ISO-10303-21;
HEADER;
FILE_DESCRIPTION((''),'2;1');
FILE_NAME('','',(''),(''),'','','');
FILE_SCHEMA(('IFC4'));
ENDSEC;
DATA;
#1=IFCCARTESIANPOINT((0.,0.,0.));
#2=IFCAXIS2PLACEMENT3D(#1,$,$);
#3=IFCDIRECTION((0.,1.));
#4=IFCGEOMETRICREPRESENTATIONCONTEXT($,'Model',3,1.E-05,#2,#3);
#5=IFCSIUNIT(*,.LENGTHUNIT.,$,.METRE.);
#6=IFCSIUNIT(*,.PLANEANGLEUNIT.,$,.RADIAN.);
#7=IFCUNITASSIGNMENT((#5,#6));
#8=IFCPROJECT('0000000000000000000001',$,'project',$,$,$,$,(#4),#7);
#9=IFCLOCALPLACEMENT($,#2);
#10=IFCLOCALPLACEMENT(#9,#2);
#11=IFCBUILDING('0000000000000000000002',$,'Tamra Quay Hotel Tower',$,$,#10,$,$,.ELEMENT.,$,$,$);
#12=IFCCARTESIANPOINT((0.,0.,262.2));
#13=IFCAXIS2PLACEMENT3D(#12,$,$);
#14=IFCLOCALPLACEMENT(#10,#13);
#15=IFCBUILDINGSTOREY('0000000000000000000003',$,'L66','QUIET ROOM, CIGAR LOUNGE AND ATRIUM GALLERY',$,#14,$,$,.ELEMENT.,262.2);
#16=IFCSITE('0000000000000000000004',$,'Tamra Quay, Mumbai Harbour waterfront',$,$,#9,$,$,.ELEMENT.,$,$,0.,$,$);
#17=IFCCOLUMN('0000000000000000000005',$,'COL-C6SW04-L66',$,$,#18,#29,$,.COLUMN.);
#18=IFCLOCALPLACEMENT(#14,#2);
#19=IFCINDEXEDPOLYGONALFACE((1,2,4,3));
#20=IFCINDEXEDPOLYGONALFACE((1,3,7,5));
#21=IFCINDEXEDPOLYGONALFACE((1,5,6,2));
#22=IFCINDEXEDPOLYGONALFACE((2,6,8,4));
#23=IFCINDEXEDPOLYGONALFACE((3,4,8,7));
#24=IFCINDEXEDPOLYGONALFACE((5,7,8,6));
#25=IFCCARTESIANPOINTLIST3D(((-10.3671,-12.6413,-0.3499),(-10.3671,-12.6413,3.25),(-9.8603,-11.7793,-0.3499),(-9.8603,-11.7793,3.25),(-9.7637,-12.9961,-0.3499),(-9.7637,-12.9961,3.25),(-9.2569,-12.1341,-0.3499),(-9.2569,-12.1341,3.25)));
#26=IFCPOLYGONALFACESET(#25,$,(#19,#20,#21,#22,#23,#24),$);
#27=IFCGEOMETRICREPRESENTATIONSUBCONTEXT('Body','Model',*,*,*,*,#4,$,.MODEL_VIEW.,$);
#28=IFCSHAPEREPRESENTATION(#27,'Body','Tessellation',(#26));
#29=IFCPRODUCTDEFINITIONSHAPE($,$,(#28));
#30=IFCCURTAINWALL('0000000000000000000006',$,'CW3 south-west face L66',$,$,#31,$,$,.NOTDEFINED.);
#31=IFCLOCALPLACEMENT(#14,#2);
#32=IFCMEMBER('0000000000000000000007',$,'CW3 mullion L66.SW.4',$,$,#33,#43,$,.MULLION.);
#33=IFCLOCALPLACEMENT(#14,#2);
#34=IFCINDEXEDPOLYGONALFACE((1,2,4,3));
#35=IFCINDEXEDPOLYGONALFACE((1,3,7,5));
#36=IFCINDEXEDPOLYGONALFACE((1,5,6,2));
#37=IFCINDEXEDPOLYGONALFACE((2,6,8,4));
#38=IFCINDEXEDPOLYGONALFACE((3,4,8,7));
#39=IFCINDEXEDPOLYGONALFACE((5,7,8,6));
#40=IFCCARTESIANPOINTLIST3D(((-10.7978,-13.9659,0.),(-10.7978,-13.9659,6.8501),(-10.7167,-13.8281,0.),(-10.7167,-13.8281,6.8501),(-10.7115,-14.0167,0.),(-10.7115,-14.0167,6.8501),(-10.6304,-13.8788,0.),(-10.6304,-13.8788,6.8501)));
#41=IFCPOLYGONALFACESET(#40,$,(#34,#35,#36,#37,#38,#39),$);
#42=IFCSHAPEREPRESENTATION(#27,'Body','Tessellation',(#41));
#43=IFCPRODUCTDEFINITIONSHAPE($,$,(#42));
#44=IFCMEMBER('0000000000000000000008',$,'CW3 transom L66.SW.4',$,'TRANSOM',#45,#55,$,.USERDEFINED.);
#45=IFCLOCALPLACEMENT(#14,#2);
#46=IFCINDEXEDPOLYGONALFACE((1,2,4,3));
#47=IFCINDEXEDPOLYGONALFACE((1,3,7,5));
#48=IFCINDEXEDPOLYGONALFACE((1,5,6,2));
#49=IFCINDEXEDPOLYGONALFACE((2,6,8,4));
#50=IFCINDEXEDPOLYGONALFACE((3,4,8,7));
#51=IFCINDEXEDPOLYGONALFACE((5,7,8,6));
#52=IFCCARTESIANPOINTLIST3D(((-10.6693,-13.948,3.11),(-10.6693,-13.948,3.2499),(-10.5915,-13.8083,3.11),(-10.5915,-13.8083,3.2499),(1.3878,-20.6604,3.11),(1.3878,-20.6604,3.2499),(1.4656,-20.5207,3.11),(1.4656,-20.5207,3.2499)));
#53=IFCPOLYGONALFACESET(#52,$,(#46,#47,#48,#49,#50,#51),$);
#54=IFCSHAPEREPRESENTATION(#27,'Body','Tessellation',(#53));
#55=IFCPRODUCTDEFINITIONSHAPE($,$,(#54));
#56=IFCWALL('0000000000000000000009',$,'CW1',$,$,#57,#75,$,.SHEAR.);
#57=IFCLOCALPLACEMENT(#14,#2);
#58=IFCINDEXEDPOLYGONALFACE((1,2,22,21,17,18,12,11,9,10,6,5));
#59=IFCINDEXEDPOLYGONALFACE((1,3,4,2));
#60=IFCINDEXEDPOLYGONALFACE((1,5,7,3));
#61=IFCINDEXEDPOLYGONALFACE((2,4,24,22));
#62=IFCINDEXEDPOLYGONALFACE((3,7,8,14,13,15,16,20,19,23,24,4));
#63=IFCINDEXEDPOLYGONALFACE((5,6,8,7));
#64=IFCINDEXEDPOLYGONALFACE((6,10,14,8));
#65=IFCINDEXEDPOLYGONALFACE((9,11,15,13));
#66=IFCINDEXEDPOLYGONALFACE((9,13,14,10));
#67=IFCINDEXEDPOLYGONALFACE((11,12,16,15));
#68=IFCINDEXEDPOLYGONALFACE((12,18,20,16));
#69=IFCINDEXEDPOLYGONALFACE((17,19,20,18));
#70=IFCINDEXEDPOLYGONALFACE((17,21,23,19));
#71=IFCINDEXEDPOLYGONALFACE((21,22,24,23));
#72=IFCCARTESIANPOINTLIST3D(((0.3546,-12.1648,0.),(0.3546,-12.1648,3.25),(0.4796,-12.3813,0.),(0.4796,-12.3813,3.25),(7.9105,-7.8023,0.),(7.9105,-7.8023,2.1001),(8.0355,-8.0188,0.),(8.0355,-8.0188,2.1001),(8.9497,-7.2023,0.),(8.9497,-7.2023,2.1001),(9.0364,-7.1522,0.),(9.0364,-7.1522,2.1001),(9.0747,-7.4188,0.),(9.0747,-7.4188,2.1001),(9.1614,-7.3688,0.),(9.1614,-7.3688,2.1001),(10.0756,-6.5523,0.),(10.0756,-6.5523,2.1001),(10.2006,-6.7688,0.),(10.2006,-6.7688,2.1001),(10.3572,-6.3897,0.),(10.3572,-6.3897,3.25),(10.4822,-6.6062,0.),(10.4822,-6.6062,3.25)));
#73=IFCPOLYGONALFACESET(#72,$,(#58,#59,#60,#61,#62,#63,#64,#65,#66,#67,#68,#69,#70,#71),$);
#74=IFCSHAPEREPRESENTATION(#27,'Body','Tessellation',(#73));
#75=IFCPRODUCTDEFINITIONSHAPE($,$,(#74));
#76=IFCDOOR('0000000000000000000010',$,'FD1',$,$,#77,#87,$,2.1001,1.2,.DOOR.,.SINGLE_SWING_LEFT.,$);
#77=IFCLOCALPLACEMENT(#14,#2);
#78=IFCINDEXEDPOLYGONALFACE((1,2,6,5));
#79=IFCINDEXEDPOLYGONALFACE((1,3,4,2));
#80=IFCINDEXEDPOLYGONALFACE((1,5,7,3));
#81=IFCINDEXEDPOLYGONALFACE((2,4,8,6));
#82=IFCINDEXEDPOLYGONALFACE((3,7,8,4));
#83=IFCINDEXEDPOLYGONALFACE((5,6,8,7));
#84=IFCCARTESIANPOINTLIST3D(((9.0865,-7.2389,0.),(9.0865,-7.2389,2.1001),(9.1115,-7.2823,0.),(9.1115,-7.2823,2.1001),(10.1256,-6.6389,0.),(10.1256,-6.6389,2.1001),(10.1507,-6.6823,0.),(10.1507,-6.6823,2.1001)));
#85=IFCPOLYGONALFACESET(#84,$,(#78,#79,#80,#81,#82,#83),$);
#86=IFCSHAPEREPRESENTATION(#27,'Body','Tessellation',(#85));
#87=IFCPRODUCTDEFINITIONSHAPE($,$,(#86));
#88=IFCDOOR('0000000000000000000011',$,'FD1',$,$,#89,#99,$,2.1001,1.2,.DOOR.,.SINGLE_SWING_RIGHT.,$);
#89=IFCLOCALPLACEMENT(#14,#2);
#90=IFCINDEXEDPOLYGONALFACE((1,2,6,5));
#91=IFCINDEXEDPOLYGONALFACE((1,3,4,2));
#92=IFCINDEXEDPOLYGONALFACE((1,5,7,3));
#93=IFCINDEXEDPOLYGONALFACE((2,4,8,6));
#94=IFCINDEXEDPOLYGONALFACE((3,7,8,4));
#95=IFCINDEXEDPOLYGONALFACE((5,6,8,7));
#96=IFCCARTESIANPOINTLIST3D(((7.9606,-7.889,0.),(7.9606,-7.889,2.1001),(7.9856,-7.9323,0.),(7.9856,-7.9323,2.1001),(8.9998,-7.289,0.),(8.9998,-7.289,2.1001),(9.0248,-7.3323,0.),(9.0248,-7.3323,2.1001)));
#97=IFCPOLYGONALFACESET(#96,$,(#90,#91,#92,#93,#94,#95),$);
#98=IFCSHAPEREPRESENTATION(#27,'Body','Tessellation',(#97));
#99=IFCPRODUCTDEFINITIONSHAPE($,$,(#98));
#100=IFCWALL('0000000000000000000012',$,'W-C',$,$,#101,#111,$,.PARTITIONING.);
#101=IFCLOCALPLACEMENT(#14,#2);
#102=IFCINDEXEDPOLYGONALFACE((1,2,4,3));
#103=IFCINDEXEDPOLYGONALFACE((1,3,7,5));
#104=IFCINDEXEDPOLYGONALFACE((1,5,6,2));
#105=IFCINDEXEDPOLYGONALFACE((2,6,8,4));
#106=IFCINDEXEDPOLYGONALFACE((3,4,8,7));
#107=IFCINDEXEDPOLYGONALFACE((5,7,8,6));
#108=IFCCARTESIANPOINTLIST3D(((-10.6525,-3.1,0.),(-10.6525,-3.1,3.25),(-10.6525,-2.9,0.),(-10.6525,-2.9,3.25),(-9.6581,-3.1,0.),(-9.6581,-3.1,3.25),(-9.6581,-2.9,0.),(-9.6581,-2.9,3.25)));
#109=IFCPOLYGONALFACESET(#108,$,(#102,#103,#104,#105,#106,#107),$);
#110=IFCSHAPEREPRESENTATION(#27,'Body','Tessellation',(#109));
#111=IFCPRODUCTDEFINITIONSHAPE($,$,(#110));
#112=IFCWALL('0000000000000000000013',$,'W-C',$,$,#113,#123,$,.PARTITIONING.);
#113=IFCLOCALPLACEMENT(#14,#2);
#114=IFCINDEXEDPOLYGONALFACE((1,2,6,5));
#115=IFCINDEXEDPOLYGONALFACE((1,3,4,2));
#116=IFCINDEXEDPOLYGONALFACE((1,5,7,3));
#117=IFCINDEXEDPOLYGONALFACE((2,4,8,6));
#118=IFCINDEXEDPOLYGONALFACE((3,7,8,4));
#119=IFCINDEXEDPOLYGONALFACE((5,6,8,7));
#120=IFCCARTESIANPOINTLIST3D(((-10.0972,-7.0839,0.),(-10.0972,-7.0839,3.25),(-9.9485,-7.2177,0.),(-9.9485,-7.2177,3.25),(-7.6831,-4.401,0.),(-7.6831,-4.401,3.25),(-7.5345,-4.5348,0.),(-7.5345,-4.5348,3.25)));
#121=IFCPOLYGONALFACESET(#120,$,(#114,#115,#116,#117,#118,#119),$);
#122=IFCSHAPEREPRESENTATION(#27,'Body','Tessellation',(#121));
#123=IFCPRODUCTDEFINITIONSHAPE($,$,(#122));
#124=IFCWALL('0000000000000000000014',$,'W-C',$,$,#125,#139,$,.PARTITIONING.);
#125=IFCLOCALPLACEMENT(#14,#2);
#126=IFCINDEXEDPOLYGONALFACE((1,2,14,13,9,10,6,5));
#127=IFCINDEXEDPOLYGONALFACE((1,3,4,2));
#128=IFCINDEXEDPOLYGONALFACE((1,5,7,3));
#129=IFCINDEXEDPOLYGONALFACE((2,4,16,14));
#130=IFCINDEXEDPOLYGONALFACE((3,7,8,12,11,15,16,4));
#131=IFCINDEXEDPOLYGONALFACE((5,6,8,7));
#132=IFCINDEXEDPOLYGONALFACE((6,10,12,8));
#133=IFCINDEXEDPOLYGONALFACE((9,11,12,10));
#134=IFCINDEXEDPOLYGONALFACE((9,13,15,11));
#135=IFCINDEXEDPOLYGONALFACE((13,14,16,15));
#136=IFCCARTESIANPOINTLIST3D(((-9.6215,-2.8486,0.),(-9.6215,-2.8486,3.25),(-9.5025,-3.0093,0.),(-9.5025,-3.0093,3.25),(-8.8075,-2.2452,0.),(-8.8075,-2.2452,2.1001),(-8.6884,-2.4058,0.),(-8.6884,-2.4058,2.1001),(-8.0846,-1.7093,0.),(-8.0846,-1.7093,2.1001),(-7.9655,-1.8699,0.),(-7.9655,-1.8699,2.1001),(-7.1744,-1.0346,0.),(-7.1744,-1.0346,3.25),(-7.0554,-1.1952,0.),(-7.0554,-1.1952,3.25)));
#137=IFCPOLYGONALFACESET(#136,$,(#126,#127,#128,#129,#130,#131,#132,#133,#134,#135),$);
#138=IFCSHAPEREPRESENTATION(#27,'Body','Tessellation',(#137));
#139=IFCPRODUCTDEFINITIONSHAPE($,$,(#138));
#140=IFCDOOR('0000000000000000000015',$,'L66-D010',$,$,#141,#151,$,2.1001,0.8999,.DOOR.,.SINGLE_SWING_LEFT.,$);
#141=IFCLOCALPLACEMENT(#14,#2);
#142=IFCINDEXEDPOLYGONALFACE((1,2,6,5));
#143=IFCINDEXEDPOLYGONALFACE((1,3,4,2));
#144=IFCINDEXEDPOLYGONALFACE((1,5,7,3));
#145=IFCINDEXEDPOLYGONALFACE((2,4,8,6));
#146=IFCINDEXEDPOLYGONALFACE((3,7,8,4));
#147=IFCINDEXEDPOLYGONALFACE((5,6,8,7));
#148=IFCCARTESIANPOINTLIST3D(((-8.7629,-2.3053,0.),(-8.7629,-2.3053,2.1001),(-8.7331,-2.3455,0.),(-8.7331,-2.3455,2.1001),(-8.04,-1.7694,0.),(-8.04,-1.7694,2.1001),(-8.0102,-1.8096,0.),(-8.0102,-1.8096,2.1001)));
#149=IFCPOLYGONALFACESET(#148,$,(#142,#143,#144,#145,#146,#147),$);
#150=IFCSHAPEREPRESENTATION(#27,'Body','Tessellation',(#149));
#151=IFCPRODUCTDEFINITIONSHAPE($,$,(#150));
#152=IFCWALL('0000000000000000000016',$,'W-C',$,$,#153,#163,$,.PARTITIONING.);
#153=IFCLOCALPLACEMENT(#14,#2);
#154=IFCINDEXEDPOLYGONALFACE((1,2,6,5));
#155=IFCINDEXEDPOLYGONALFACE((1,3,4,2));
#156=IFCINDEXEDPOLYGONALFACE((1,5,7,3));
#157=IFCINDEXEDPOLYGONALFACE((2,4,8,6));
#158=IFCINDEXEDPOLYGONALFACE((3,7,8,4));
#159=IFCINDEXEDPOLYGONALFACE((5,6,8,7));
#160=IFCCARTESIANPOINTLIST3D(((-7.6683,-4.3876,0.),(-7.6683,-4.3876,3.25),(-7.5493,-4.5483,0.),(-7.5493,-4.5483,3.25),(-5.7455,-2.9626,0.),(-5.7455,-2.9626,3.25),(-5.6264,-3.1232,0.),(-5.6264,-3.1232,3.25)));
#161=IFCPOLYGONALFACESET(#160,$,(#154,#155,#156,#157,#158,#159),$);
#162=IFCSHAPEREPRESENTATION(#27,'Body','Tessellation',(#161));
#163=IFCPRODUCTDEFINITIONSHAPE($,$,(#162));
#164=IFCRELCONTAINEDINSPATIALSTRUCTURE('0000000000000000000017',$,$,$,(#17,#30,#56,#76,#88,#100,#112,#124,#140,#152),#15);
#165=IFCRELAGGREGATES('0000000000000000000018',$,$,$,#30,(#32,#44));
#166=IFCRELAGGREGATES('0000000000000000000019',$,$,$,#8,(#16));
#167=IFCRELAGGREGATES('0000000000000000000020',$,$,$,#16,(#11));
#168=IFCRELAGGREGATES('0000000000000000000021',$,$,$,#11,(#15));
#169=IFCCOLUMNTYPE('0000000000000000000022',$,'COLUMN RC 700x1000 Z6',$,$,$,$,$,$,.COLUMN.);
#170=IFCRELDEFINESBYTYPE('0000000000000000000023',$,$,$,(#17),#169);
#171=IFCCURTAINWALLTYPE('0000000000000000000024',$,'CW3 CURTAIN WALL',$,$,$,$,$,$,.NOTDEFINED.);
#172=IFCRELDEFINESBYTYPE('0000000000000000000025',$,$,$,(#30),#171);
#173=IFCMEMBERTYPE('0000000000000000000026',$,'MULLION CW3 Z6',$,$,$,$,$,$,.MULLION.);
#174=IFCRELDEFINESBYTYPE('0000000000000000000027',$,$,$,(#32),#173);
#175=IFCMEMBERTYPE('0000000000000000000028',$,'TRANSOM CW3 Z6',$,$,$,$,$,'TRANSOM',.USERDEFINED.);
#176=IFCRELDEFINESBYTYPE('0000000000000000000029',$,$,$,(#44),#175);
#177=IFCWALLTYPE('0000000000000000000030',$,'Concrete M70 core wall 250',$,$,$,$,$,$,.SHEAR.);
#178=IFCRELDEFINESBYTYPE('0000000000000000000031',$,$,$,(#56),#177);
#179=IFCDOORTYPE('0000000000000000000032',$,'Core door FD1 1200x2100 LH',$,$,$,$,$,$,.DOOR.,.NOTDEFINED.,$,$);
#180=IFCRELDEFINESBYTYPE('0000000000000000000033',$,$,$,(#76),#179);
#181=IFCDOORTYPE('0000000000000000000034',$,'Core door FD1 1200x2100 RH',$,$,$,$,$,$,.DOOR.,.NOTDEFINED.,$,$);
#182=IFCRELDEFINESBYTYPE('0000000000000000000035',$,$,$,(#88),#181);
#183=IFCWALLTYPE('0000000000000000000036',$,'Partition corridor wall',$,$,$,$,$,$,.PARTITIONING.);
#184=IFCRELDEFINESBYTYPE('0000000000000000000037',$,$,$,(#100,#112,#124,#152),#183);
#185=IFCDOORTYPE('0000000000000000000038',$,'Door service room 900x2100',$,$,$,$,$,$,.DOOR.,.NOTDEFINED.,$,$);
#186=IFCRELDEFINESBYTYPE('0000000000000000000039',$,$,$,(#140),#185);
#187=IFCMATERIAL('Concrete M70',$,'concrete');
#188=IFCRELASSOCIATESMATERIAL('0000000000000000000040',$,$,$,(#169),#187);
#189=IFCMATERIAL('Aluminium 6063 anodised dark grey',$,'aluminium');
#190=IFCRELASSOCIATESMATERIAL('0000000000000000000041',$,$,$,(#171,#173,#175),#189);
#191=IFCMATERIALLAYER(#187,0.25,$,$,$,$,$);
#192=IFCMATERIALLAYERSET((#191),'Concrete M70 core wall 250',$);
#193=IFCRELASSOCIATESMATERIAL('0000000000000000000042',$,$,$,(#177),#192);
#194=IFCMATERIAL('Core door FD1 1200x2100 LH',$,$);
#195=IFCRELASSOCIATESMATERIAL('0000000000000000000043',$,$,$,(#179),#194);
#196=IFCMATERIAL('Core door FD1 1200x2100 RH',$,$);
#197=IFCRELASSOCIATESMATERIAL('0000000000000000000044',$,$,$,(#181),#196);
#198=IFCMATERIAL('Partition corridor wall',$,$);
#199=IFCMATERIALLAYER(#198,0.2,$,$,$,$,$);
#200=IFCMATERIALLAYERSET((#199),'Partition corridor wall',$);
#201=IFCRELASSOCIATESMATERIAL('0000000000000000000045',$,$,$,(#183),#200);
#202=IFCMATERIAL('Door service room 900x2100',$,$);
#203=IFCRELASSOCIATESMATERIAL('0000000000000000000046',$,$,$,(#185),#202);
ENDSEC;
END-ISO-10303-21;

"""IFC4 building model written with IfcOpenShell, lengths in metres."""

from ifc_helpers import new_model, si_unit, direction, frame, frame_2d, origin, origin_2d, place, context, subcontext, project, spatial, rectangle, extrude, material, layer, layer_set, material_profile, profile_set, type_object, element, fill, aggregate, save


model = new_model("IFC4")

# Units and contexts
model_context = context("Model", 3, precision=1e-05, world=origin(), true_north=direction((0.0, 1.0)))
body_context = subcontext(model_context, "Body", "Model", "MODEL_VIEW")
ifc_project = project(units=[si_unit("LENGTHUNIT", "METRE"), si_unit("PLANEANGLEUNIT", "RADIAN")], contexts=[model_context])

# Site, building, storey
site_placement = place(None, origin())
site = spatial("IfcSite", under=ifc_project, at=site_placement, Name="Tamra Quay, Mumbai Harbour waterfront", CompositionType="ELEMENT", RefElevation=0.0)
building_placement = place(site_placement, origin())
building = spatial("IfcBuilding", under=site, at=building_placement, Name="Tamra Quay Hotel Tower", CompositionType="ELEMENT")
storey_placement = place(building_placement, frame((0.0, 0.0, 262.2)))
storey = spatial("IfcBuildingStorey", under=building, at=storey_placement, Name="L66", Description="QUIET ROOM, CIGAR LOUNGE AND ATRIUM GALLERY", CompositionType="ELEMENT", Elevation=262.2)

# Column
ifc_material_1 = material(Name="Concrete M70", Category="concrete")
ifc_material_profile_1 = material_profile(ifc_material_1, rectangle(XDim=1.0, YDim=0.7, at=origin_2d()), Name="COLUMN RC 700x1000 Z6")
ifc_profile_set_1 = profile_set([ifc_material_profile_1], Name="Concrete M70")
column_type = type_object("IfcColumnType", Name="COLUMN RC 700x1000 Z6", PredefinedType="COLUMN", material=ifc_profile_set_1)
column_placement = place(storey_placement, frame((-9.812, -12.3877, -0.3499), z_axis=(0.0, 0.0, 1.0), x_axis=(0.506843, 0.862038, 0.0)))
element("IfcColumn", 1, at=column_placement, inside=storey, type_object=column_type, Name="COL-C6SW04-L66", PredefinedType="COLUMN", context=body_context, shape_type="SweptSolid", body=[
    extrude(rectangle(XDim=1.0, YDim=0.7, at=origin_2d()), origin(), (0.0, 0.0, 1.0), 3.5999),
])

# Curtain wall, members
ifc_material_2 = material(Name="Aluminium 6063 anodised dark grey", Category="aluminium")
curtain_wall_type = type_object("IfcCurtainWallType", Name="CW3 CURTAIN WALL", PredefinedType="NOTDEFINED", material=ifc_material_2)
curtain_wall_placement = place(storey_placement, origin())
curtain_wall = element("IfcCurtainWall", 2, at=curtain_wall_placement, inside=storey, type_object=curtain_wall_type, Name="CW3 south-west face L66", PredefinedType="NOTDEFINED")
ifc_material_profile_2 = material_profile(ifc_material_2, rectangle(XDim=0.1599, YDim=0.1001, at=origin_2d()), Name="MULLION 100X160")
ifc_profile_set_2 = profile_set([ifc_material_profile_2], Name="Aluminium 6063 anodised dark grey")
member_type_1 = type_object("IfcMemberType", Name="MULLION CW3 Z6", PredefinedType="MULLION", material=ifc_profile_set_2)
member_1_placement = place(storey_placement, frame((-10.7141, -13.9224, 0.0), z_axis=(0.0, 0.0, 1.0), x_axis=(-0.506754, -0.862091, 0.0)))
member_1 = element("IfcMember", 3, at=member_1_placement, type_object=member_type_1, Name="CW3 mullion L66.SW.4", PredefinedType="MULLION", context=body_context, shape_type="SweptSolid", body=[
    extrude(rectangle(XDim=0.1599, YDim=0.1001, at=origin_2d()), origin(), (0.0, 0.0, 1.0), 6.8501),
])
ifc_material_profile_3 = material_profile(ifc_material_2, rectangle(XDim=0.1599, YDim=0.1399, at=origin_2d()), Name="TRANSOM 160X140")
ifc_profile_set_3 = profile_set([ifc_material_profile_3], Name="Aluminium 6063 anodised dark grey")
member_type_2 = type_object("IfcMemberType", Name="TRANSOM CW3 Z6", ElementType="TRANSOM", PredefinedType="USERDEFINED", material=ifc_profile_set_3)
member_2_placement = place(storey_placement, frame((-10.6304, -13.8782, 3.1799), z_axis=(0.873726, -0.486418, 0.0), x_axis=(0.486418, 0.873726, 0.0)))
member_2 = element("IfcMember", 4, at=member_2_placement, type_object=member_type_2, Name="CW3 transom L66.SW.4", ObjectType="TRANSOM", PredefinedType="USERDEFINED", context=body_context, shape_type="SweptSolid", body=[
    extrude(rectangle(XDim=0.1599, YDim=0.1399, at=origin_2d()), origin(), (0.0, 0.0, 1.0), 13.7996),
])
aggregate(curtain_wall, [member_1, member_2])

# Wall, openings, doors
ifc_layer_1 = layer(ifc_material_1, 0.25)
ifc_layer_set_1 = layer_set([ifc_layer_1], Name="Concrete M70 core wall 250")
wall_type_1 = type_object("IfcWallType", Name="Concrete M70 core wall 250", PredefinedType="SHEAR", material=ifc_layer_set_1)
wall_1_placement = place(storey_placement, frame((0.4172, -12.2729, 0.0), z_axis=(0.0, 0.0, 1.0), x_axis=(0.866022, 0.500006, 0.0)))
wall_1 = element("IfcWall", 5, at=wall_1_placement, inside=storey, type_object=wall_type_1, Name="CW1", PredefinedType="SHEAR", context=body_context, shape_type="SweptSolid", body=[
    extrude(rectangle(XDim=11.55, YDim=0.25, at=frame_2d((5.7749, 0.0))), origin(), (0.0, 0.0, 1.0), 3.25),
])
opening_1_placement = place(wall_1_placement, frame((10.0247, 0.0, 0.0)))
opening_1 = element("IfcOpeningElement", 6, at=opening_1_placement, cuts=wall_1, PredefinedType="OPENING", context=body_context, shape_type="SweptSolid", body=[
    extrude(rectangle(XDim=1.2, YDim=2.1001, at=frame_2d((0.6001, 1.05))), frame((0.0, 0.135, 0.0), z_axis=(0.0, -1.0, 0.0), x_axis=(1.0, 0.0, 0.0)), (0.0, 0.0, 1.0), 0.27),
])
opening_2_placement = place(wall_1_placement, frame((8.7246, 0.0, 0.0)))
opening_2 = element("IfcOpeningElement", 7, at=opening_2_placement, cuts=wall_1, PredefinedType="OPENING", context=body_context, shape_type="SweptSolid", body=[
    extrude(rectangle(XDim=1.2, YDim=2.1001, at=frame_2d((0.6001, 1.05))), frame((0.0, 0.135, 0.0), z_axis=(0.0, -1.0, 0.0), x_axis=(1.0, 0.0, 0.0)), (0.0, 0.0, 1.0), 0.27),
])
ifc_material_3 = material(Name="Core door FD1 1200x2100 LH")
door_type_1 = type_object("IfcDoorType", Name="Core door FD1 1200x2100 LH", OperationType="NOTDEFINED", PredefinedType="DOOR", material=ifc_material_3)
door_1_placement = place(opening_1_placement, origin())
door_1 = element("IfcDoor", 8, at=door_1_placement, inside=storey, type_object=door_type_1, Name="FD1", OperationType="SINGLE_SWING_LEFT", OverallHeight=2.1001, OverallWidth=1.2, PredefinedType="DOOR", context=body_context, shape_type="SweptSolid", body=[
    extrude(rectangle(XDim=1.2, YDim=2.1001, at=frame_2d((0.6001, 1.05))), frame((0.0, 0.0249, 0.0), z_axis=(0.0, -1.0, 0.0), x_axis=(1.0, 0.0, 0.0)), (0.0, 0.0, 1.0), 0.05),
])
fill(opening_1, door_1)
ifc_material_4 = material(Name="Core door FD1 1200x2100 RH")
door_type_2 = type_object("IfcDoorType", Name="Core door FD1 1200x2100 RH", OperationType="NOTDEFINED", PredefinedType="DOOR", material=ifc_material_4)
door_2_placement = place(opening_2_placement, origin())
door_2 = element("IfcDoor", 9, at=door_2_placement, inside=storey, type_object=door_type_2, Name="FD1", OperationType="SINGLE_SWING_RIGHT", OverallHeight=2.1001, OverallWidth=1.2, PredefinedType="DOOR", context=body_context, shape_type="SweptSolid", body=[
    extrude(rectangle(XDim=1.2, YDim=2.1001, at=frame_2d((0.6001, 1.05))), frame((0.0, 0.0249, 0.0), z_axis=(0.0, -1.0, 0.0), x_axis=(1.0, 0.0, 0.0)), (0.0, 0.0, 1.0), 0.05),
])
fill(opening_2, door_2)

# Walls
ifc_material_5 = material(Name="Partition corridor wall")
ifc_layer_2 = layer(ifc_material_5, 0.2)
ifc_layer_set_2 = layer_set([ifc_layer_2], Name="Partition corridor wall")
wall_type_2 = type_object("IfcWallType", Name="Partition corridor wall", PredefinedType="PARTITIONING", material=ifc_layer_set_2)
wall_2_placement = place(storey_placement, frame((-10.6523, -3.0, 0.0), z_axis=(0.0, 0.0, 1.0), x_axis=(1.0, 0.0, 0.0)))
element("IfcWall", 10, at=wall_2_placement, inside=storey, type_object=wall_type_2, Name="W-C", PredefinedType="PARTITIONING", context=body_context, shape_type="SweptSolid", body=[
    extrude(rectangle(XDim=0.9944, YDim=0.2, at=frame_2d((0.4971, 0.0))), origin(), (0.0, 0.0, 1.0), 3.25),
])
wall_3_placement = place(storey_placement, frame((-10.0229, -7.1509, 0.0), z_axis=(0.0, 0.0, 1.0), x_axis=(0.668886, 0.743365, 0.0)))
element("IfcWall", 11, at=wall_3_placement, inside=storey, type_object=wall_type_2, Name="W-C", PredefinedType="PARTITIONING", context=body_context, shape_type="SweptSolid", body=[
    extrude(rectangle(XDim=3.6091, YDim=0.2, at=frame_2d((1.8047, 0.0))), origin(), (0.0, 0.0, 1.0), 3.25),
])

# Wall, opening, door
wall_4_placement = place(storey_placement, frame((-7.115, -1.115, 0.0), z_axis=(0.0, 0.0, 1.0), x_axis=(-0.803344, -0.595515, 0.0)))
wall_4 = element("IfcWall", 12, at=wall_4_placement, inside=storey, type_object=wall_type_2, Name="W-C", PredefinedType="PARTITIONING", context=body_context, shape_type="SweptSolid", body=[
    extrude(rectangle(XDim=3.0461, YDim=0.2, at=frame_2d((1.5229, 0.0))), origin(), (0.0, 0.0, 1.0), 3.25),
])
opening_3_placement = place(wall_4_placement, frame((1.1328, 0.0, 0.0)))
opening_3 = element("IfcOpeningElement", 13, at=opening_3_placement, cuts=wall_4, PredefinedType="OPENING", context=body_context, shape_type="SweptSolid", body=[
    extrude(rectangle(XDim=0.8999, YDim=2.1001, at=frame_2d((0.45, 1.05))), frame((0.0, 0.1099, 0.0), z_axis=(0.0, -1.0, 0.0), x_axis=(1.0, 0.0, 0.0)), (0.0, 0.0, 1.0), 0.22),
])
ifc_material_6 = material(Name="Door service room 900x2100")
door_type_3 = type_object("IfcDoorType", Name="Door service room 900x2100", OperationType="NOTDEFINED", PredefinedType="DOOR", material=ifc_material_6)
door_3_placement = place(opening_3_placement, origin())
door_3 = element("IfcDoor", 14, at=door_3_placement, inside=storey, type_object=door_type_3, Name="L66-D010", OperationType="SINGLE_SWING_LEFT", OverallHeight=2.1001, OverallWidth=0.8999, PredefinedType="DOOR", context=body_context, shape_type="SweptSolid", body=[
    extrude(rectangle(XDim=0.8999, YDim=2.1001, at=frame_2d((0.45, 1.05))), frame((0.0, 0.0249, 0.0), z_axis=(0.0, -1.0, 0.0), x_axis=(1.0, 0.0, 0.0)), (0.0, 0.0, 1.0), 0.05),
])
fill(opening_3, door_3)

# Wall
wall_5_placement = place(storey_placement, frame((-7.6089, -4.468, 0.0), z_axis=(0.0, 0.0, 1.0), x_axis=(0.803414, 0.59542, 0.0)))
element("IfcWall", 15, at=wall_5_placement, inside=storey, type_object=wall_type_2, Name="W-C", PredefinedType="PARTITIONING", context=body_context, shape_type="SweptSolid", body=[
    extrude(rectangle(XDim=2.3933, YDim=0.2, at=frame_2d((1.1968, 0.0))), origin(), (0.0, 0.0, 1.0), 3.25),
])

save(model, "model.ifc")
